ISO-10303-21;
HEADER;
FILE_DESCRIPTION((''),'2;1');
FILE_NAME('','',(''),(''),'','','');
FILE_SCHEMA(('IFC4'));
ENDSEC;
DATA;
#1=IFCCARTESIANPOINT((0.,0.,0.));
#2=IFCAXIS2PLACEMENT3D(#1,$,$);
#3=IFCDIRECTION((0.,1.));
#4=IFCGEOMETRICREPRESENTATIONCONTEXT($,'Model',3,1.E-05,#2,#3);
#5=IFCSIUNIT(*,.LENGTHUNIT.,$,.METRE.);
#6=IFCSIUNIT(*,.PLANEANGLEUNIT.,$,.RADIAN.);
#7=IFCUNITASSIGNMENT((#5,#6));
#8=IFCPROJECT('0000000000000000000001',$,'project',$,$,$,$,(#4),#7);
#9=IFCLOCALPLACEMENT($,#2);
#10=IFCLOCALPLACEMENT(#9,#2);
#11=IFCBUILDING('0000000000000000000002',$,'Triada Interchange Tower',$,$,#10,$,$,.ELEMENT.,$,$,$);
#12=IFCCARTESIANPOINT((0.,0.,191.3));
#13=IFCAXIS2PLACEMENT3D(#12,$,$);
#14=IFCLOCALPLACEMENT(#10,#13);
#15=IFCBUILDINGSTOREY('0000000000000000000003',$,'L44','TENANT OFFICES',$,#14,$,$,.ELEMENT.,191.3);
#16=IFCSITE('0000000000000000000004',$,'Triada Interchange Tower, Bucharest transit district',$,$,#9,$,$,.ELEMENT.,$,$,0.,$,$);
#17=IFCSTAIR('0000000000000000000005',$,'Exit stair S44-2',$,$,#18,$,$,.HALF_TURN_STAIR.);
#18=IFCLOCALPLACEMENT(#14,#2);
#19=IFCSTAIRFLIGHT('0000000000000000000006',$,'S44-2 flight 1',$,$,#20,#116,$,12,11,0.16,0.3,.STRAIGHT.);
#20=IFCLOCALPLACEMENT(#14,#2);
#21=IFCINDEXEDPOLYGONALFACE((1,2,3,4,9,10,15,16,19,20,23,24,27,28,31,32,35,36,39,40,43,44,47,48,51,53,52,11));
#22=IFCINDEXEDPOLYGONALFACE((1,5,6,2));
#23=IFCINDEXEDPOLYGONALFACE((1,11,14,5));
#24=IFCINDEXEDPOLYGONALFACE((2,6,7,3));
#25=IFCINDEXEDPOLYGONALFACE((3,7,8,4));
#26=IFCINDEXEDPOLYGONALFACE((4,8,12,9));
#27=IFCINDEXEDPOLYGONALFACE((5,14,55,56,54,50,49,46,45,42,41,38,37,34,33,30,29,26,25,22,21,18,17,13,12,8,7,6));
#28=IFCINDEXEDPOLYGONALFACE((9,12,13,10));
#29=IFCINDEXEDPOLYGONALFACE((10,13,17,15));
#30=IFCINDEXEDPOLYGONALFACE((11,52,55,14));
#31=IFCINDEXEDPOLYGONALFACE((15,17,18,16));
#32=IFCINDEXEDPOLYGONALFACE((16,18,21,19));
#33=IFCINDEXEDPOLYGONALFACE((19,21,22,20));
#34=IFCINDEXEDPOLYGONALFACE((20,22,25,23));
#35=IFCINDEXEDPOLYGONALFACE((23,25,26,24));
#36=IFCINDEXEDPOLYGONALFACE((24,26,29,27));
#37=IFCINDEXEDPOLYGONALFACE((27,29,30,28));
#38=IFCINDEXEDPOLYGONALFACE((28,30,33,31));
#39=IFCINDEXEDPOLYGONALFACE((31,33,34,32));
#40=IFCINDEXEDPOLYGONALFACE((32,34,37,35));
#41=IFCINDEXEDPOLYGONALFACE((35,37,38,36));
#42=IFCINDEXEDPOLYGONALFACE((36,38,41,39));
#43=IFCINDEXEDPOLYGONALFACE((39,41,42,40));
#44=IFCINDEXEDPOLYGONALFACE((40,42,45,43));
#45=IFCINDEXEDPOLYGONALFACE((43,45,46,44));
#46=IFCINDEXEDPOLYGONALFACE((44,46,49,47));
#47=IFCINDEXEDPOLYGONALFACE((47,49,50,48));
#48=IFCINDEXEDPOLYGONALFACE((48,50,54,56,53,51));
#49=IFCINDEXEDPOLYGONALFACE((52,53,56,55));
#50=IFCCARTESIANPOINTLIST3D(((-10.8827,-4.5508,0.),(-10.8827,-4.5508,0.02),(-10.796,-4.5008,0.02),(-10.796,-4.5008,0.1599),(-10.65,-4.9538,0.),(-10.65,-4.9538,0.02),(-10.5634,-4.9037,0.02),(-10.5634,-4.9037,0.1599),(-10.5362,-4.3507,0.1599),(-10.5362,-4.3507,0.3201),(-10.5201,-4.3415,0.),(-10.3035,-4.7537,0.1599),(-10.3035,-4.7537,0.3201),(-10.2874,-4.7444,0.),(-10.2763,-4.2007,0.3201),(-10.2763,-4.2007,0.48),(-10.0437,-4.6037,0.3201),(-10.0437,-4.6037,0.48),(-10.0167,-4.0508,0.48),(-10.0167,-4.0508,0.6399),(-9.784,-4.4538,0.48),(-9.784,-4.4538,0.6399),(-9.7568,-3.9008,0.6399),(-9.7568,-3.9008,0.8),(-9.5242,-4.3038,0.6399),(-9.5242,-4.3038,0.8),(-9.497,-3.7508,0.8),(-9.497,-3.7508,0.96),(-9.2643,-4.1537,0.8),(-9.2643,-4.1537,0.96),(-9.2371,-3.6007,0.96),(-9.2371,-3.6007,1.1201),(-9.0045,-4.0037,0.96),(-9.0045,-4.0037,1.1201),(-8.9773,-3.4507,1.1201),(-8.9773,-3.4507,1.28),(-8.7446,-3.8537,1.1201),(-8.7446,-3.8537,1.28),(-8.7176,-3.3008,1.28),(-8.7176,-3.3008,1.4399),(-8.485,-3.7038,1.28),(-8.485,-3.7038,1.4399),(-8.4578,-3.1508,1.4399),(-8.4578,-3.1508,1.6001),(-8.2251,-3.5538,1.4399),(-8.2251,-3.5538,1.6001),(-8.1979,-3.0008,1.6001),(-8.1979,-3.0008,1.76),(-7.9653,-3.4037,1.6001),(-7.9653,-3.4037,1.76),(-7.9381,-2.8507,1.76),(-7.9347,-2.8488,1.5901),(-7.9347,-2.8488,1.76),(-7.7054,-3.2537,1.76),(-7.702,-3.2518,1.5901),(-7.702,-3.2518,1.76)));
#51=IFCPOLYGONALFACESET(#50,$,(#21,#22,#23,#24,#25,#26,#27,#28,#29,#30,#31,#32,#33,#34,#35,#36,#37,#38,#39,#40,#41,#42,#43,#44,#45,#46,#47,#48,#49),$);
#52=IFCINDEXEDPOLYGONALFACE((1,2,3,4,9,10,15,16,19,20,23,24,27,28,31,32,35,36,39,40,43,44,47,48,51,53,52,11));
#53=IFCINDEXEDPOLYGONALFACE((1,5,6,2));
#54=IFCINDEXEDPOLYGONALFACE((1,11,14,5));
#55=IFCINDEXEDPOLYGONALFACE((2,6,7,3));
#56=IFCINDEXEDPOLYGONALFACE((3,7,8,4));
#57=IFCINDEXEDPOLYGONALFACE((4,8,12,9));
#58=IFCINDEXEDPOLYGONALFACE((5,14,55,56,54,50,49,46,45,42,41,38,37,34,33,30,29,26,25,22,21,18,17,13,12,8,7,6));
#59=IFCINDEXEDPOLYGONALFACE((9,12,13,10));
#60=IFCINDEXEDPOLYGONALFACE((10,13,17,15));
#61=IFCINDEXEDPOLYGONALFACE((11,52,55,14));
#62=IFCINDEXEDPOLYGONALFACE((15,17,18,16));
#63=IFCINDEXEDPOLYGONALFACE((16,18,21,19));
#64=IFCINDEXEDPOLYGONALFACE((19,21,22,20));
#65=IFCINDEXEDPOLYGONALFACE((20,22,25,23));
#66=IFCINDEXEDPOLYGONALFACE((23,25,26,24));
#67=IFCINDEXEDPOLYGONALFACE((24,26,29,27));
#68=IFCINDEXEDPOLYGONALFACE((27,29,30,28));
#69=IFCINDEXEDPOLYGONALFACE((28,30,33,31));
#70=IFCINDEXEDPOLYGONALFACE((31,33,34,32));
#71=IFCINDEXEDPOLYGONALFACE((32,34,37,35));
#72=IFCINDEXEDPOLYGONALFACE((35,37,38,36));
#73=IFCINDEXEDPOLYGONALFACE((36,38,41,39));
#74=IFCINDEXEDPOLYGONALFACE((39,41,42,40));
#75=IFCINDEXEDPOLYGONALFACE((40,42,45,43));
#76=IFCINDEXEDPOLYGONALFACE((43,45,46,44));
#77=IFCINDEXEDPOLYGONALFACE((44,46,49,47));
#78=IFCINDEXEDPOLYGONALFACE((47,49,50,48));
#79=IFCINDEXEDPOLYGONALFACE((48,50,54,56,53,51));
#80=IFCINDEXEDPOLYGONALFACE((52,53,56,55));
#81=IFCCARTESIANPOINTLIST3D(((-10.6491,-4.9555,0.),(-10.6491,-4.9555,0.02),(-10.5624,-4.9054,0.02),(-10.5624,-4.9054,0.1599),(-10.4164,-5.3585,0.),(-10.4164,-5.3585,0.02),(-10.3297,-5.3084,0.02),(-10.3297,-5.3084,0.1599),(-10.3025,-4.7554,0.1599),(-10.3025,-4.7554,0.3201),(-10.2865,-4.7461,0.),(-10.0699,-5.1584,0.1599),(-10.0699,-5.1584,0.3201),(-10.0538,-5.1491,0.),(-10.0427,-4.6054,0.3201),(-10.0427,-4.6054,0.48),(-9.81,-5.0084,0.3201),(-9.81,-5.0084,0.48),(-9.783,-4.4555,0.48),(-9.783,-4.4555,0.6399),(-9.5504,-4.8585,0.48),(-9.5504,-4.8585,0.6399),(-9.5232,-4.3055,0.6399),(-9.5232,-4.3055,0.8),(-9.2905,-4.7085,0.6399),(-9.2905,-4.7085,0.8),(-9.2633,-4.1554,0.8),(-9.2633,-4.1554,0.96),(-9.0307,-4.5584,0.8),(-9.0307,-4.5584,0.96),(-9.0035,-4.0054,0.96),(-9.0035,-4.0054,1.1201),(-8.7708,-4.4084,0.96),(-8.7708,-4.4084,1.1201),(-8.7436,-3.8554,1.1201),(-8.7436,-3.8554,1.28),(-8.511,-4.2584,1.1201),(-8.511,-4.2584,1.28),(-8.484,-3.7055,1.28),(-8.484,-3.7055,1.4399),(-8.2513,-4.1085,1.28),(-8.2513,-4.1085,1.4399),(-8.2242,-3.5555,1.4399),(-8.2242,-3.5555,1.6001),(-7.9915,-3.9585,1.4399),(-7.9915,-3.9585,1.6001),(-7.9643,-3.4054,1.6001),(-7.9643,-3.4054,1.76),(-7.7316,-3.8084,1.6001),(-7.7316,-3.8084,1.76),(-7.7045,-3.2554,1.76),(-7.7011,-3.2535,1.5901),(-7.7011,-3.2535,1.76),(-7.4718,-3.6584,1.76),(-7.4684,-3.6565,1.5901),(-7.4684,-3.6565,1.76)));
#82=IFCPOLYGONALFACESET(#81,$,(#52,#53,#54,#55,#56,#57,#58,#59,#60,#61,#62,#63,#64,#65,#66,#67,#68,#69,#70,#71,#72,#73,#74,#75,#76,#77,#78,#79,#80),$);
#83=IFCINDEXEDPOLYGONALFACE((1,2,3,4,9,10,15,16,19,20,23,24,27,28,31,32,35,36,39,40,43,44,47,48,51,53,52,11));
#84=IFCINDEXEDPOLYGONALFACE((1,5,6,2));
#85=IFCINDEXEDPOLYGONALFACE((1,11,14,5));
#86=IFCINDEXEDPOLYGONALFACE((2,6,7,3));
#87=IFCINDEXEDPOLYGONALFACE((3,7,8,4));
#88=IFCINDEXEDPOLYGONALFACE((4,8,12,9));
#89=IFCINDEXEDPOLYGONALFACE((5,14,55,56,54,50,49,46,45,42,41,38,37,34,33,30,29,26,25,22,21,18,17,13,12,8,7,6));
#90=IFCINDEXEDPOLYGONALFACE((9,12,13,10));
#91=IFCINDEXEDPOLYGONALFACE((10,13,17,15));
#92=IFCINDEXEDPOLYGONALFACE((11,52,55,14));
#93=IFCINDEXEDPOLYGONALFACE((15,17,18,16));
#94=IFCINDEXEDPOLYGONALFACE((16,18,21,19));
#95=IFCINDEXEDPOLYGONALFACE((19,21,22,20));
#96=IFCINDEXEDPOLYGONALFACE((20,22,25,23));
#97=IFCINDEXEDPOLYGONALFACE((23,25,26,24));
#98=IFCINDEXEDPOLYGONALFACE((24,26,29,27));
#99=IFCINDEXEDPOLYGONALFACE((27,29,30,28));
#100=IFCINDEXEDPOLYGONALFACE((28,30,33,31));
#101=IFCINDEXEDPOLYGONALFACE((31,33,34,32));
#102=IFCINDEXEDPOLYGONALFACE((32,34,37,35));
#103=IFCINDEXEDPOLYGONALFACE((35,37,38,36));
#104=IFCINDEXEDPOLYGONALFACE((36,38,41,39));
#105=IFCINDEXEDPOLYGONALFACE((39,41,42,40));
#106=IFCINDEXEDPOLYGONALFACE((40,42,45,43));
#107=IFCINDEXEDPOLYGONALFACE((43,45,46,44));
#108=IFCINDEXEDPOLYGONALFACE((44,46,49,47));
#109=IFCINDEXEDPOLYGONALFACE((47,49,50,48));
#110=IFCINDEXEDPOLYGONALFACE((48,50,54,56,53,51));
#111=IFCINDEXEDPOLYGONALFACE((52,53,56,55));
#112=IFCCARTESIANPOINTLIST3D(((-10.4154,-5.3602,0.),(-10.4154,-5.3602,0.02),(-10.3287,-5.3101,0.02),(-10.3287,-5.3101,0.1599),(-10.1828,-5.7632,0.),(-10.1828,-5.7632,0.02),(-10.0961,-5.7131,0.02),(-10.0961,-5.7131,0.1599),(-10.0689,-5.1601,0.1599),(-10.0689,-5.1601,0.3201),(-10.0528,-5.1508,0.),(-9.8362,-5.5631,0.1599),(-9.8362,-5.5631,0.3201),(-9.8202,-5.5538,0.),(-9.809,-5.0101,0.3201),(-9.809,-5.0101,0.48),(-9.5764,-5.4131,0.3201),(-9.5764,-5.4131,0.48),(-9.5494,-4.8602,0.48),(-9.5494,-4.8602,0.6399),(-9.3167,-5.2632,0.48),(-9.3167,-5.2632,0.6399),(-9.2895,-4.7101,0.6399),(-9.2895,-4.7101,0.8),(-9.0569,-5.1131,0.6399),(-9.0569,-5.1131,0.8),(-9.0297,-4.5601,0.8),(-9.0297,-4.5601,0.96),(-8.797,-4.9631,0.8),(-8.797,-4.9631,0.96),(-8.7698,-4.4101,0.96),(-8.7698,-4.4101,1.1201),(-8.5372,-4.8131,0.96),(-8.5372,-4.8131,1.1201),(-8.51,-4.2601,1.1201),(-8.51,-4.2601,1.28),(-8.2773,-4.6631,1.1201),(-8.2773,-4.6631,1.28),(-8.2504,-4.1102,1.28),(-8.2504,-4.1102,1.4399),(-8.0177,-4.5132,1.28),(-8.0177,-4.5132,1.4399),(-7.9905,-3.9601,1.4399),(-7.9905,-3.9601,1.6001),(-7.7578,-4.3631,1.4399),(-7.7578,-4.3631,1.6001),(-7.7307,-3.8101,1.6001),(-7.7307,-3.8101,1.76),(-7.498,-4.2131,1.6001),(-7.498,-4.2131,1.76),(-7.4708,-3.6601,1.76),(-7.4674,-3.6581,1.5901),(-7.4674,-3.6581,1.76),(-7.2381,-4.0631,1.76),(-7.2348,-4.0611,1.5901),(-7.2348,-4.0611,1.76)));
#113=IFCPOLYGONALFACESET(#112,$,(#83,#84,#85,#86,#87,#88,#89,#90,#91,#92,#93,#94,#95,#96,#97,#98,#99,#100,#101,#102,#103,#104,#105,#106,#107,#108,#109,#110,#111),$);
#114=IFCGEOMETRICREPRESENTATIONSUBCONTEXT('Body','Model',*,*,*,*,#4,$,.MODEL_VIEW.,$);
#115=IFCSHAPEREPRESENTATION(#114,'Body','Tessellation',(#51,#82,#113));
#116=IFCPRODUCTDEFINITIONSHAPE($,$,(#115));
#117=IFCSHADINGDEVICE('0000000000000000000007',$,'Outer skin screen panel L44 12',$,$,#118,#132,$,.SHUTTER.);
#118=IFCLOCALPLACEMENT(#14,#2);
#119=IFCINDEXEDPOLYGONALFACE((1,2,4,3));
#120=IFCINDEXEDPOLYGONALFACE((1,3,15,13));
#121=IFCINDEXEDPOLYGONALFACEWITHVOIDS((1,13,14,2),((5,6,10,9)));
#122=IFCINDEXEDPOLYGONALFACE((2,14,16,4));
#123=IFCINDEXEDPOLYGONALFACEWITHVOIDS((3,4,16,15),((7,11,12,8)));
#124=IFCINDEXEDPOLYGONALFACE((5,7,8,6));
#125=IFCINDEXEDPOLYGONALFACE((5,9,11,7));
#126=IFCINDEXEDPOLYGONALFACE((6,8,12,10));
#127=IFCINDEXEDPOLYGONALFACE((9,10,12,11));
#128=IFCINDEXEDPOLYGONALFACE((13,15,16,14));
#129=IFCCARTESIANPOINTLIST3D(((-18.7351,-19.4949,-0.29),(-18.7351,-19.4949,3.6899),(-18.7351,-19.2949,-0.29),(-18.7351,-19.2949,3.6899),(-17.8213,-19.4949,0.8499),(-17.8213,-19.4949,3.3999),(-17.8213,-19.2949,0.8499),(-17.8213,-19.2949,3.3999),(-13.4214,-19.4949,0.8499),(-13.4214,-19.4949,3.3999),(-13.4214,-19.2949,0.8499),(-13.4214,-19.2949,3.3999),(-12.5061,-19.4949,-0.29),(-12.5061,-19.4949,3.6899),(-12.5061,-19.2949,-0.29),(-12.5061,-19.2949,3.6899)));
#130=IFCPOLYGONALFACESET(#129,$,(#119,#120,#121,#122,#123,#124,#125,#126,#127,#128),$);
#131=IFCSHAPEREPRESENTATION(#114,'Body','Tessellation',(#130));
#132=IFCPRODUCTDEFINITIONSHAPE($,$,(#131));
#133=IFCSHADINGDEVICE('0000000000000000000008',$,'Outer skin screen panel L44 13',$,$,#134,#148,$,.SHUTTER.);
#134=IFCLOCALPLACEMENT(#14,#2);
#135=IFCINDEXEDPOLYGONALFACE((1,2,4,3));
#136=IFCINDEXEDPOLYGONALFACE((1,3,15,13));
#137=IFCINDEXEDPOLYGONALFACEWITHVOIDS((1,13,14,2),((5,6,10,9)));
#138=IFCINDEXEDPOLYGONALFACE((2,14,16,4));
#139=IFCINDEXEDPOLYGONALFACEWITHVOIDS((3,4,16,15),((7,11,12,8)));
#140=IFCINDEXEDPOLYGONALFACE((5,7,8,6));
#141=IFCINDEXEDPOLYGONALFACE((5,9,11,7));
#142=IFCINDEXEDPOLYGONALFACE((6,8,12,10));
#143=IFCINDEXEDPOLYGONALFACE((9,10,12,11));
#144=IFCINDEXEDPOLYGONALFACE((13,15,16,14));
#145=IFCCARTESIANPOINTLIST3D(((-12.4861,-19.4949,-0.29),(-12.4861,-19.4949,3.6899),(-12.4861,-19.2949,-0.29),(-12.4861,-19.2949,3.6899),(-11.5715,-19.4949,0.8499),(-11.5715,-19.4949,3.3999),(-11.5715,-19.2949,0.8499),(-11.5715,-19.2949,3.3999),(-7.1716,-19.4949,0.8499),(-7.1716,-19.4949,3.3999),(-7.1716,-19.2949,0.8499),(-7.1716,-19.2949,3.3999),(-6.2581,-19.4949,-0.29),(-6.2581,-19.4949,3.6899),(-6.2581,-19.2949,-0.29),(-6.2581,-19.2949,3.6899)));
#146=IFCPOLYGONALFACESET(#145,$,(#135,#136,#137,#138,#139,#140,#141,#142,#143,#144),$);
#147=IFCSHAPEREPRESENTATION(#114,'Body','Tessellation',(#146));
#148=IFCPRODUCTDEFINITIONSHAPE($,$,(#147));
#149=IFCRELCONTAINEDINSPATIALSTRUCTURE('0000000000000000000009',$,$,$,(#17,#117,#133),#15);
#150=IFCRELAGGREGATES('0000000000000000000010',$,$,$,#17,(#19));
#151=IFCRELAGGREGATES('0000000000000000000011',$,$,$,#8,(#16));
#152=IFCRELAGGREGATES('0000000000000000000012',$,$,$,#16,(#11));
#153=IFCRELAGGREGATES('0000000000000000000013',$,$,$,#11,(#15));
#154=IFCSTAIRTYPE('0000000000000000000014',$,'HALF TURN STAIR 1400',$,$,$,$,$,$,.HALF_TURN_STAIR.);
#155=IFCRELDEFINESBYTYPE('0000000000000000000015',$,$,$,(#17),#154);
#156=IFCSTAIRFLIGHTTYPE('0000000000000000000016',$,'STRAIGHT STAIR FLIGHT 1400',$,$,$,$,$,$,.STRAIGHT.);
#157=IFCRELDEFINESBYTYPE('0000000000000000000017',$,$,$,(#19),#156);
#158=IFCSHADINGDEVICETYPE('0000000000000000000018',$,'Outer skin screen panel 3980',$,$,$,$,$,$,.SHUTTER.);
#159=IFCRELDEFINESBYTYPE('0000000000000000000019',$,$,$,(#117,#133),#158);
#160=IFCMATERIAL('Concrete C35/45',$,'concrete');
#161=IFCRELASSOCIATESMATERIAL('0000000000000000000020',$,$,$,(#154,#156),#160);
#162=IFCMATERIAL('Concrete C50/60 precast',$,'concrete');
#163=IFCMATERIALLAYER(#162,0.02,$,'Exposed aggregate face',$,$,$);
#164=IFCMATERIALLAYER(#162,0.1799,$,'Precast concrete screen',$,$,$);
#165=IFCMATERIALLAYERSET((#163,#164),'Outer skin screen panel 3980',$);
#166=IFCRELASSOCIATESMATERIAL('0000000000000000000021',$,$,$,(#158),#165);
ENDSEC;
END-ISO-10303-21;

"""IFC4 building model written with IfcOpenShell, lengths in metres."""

from ifc_helpers import new_model, si_unit, direction, frame, origin, place, context, subcontext, project, spatial, polyline, outline, extrude, material, layer, layer_set, type_object, element, aggregate, save


model = new_model("IFC4")

# Units and contexts
model_context = context("Model", 3, precision=1e-05, world=origin(), true_north=direction((0.0, 1.0)))
body_context = subcontext(model_context, "Body", "Model", "MODEL_VIEW")
ifc_project = project(units=[si_unit("LENGTHUNIT", "METRE"), si_unit("PLANEANGLEUNIT", "RADIAN")], contexts=[model_context])

# Site, building, storey
site_placement = place(None, origin())
site = spatial("IfcSite", under=ifc_project, at=site_placement, Name="Triada Interchange Tower, Bucharest transit district", CompositionType="ELEMENT", RefElevation=0.0)
building_placement = place(site_placement, origin())
building = spatial("IfcBuilding", under=site, at=building_placement, Name="Triada Interchange Tower", CompositionType="ELEMENT")
storey_placement = place(building_placement, frame((0.0, 0.0, 191.3)))
storey = spatial("IfcBuildingStorey", under=building, at=storey_placement, Name="L44", Description="TENANT OFFICES", CompositionType="ELEMENT", Elevation=191.3)

# Stair, stair flight
ifc_material_1 = material(Name="Concrete C35/45", Category="concrete")
stair_type = type_object("IfcStairType", Name="HALF TURN STAIR 1400", PredefinedType="HALF_TURN_STAIR", material=ifc_material_1)
stair_placement = place(storey_placement, origin())
stair = element("IfcStair", 1, at=stair_placement, inside=storey, type_object=stair_type, Name="Exit stair S44-2", PredefinedType="HALF_TURN_STAIR")
stair_flight_type = type_object("IfcStairFlightType", Name="STRAIGHT STAIR FLIGHT 1400", PredefinedType="STRAIGHT", material=ifc_material_1)
stair_flight_placement = place(storey_placement, frame((-10.446, -5.1069, 0.0), z_axis=(0.0, 0.0, 1.0), x_axis=(0.866025, 0.5, 0.0)))
stair_flight = element("IfcStairFlight", 2, at=stair_flight_placement, type_object=stair_flight_type, Name="S44-2 flight 1", NumberOfRisers=12, NumberOfTreads=11, PredefinedType="STRAIGHT", RiserHeight=0.16, TreadLength=0.3, context=body_context, shape_type="SweptSolid", body=[
    extrude(outline(polyline([(-0.1001, 0.0), (-0.1001, 0.02), (0.0, 0.02), (0.0, 0.1599), (0.3, 0.1599), (0.3, 0.3201), (0.6001, 0.3201), (0.6001, 0.48), (0.8999, 0.48), (0.8999, 0.6399), (1.2, 0.6399), (1.2, 0.8), (1.5, 0.8), (1.5, 0.96), (1.8, 0.96), (1.8, 1.1201), (2.1001, 1.1201), (2.1001, 1.28), (2.3999, 1.28), (2.3999, 1.4399), (2.7, 1.4399), (2.7, 1.6001), (3.0, 1.6001), (3.0, 1.76), (3.3, 1.76), (3.304, 1.76), (3.304, 1.9199), (3.304, 1.5901), (0.3186, 0.0), (-0.1001, 0.0)])), frame((0.0, 0.7, 0.0), z_axis=(0.0, -1.0, 0.0), x_axis=(1.0, 0.0, 0.0)), (0.0, 0.0, 1.0), 0.4653),
    extrude(outline(polyline([(-0.1001, 0.0), (-0.1001, 0.02), (0.0, 0.02), (0.0, 0.1599), (0.3, 0.1599), (0.3, 0.3201), (0.6001, 0.3201), (0.6001, 0.48), (0.8999, 0.48), (0.8999, 0.6399), (1.2, 0.6399), (1.2, 0.8), (1.5, 0.8), (1.5, 0.96), (1.8, 0.96), (1.8, 1.1201), (2.1001, 1.1201), (2.1001, 1.28), (2.3999, 1.28), (2.3999, 1.4399), (2.7, 1.4399), (2.7, 1.6001), (3.0, 1.6001), (3.0, 1.76), (3.3, 1.76), (3.304, 1.76), (3.304, 1.9199), (3.304, 1.5901), (0.3186, 0.0), (-0.1001, 0.0)])), frame((0.0, 0.2327, 0.0), z_axis=(0.0, -1.0, 0.0), x_axis=(1.0, 0.0, 0.0)), (0.0, 0.0, 1.0), 0.4653),
    extrude(outline(polyline([(-0.1001, 0.0), (-0.1001, 0.02), (0.0, 0.02), (0.0, 0.1599), (0.3, 0.1599), (0.3, 0.3201), (0.6001, 0.3201), (0.6001, 0.48), (0.8999, 0.48), (0.8999, 0.6399), (1.2, 0.6399), (1.2, 0.8), (1.5, 0.8), (1.5, 0.96), (1.8, 0.96), (1.8, 1.1201), (2.1001, 1.1201), (2.1001, 1.28), (2.3999, 1.28), (2.3999, 1.4399), (2.7, 1.4399), (2.7, 1.6001), (3.0, 1.6001), (3.0, 1.76), (3.3, 1.76), (3.304, 1.76), (3.304, 1.9199), (3.304, 1.5901), (0.3186, 0.0), (-0.1001, 0.0)])), frame((0.0, -0.2346, 0.0), z_axis=(0.0, -1.0, 0.0), x_axis=(1.0, 0.0, 0.0)), (0.0, 0.0, 1.0), 0.4653),
])

# Shading devices
ifc_material_2 = material(Name="Concrete C50/60 precast", Category="concrete")
ifc_layer_1 = layer(ifc_material_2, 0.02, Name="Exposed aggregate face")
ifc_layer_2 = layer(ifc_material_2, 0.1799, Name="Precast concrete screen")
ifc_layer_set_1 = layer_set([ifc_layer_1, ifc_layer_2], Name="Outer skin screen panel 3980")
shading_device_type = type_object("IfcShadingDeviceType", Name="Outer skin screen panel 3980", PredefinedType="SHUTTER", material=ifc_layer_set_1)
shading_device_1_placement = place(storey_placement, frame((-18.7351, -19.2949, -0.29), z_axis=(0.0, 0.0, 1.0), x_axis=(1.0, 0.0, 0.0)))
element("IfcShadingDevice", 3, at=shading_device_1_placement, inside=storey, type_object=shading_device_type, Name="Outer skin screen panel L44 12", PredefinedType="SHUTTER", context=body_context, shape_type="SweptSolid", body=[
    extrude(outline(polyline([(0.0, 0.0), (6.229, 0.0), (6.229, 3.98), (0.0, 3.98), (0.0, 0.0)]), holes=[polyline([(0.9138, 1.1399), (0.9138, 3.6899), (5.3137, 3.6899), (5.3137, 1.1399), (0.9138, 1.1399)])]), frame((0.0, 0.0, 0.0), z_axis=(0.0, -1.0, 0.0), x_axis=(1.0, 0.0, 0.0)), (0.0, 0.0, 1.0), 0.2),
])
shading_device_2_placement = place(storey_placement, frame((-12.4861, -19.2949, -0.29), z_axis=(0.0, 0.0, 1.0), x_axis=(1.0, 0.0, 0.0)))
element("IfcShadingDevice", 4, at=shading_device_2_placement, inside=storey, type_object=shading_device_type, Name="Outer skin screen panel L44 13", PredefinedType="SHUTTER", context=body_context, shape_type="SweptSolid", body=[
    extrude(outline(polyline([(0.0, 0.0), (6.228, 0.0), (6.228, 3.98), (0.0, 3.98), (0.0, 0.0)]), holes=[polyline([(0.9146, 1.1399), (0.9146, 3.6899), (5.3145, 3.6899), (5.3145, 1.1399), (0.9146, 1.1399)])]), frame((0.0, 0.0, 0.0), z_axis=(0.0, -1.0, 0.0), x_axis=(1.0, 0.0, 0.0)), (0.0, 0.0, 1.0), 0.2),
])

aggregate(stair, [stair_flight])

save(model, "model.ifc")
